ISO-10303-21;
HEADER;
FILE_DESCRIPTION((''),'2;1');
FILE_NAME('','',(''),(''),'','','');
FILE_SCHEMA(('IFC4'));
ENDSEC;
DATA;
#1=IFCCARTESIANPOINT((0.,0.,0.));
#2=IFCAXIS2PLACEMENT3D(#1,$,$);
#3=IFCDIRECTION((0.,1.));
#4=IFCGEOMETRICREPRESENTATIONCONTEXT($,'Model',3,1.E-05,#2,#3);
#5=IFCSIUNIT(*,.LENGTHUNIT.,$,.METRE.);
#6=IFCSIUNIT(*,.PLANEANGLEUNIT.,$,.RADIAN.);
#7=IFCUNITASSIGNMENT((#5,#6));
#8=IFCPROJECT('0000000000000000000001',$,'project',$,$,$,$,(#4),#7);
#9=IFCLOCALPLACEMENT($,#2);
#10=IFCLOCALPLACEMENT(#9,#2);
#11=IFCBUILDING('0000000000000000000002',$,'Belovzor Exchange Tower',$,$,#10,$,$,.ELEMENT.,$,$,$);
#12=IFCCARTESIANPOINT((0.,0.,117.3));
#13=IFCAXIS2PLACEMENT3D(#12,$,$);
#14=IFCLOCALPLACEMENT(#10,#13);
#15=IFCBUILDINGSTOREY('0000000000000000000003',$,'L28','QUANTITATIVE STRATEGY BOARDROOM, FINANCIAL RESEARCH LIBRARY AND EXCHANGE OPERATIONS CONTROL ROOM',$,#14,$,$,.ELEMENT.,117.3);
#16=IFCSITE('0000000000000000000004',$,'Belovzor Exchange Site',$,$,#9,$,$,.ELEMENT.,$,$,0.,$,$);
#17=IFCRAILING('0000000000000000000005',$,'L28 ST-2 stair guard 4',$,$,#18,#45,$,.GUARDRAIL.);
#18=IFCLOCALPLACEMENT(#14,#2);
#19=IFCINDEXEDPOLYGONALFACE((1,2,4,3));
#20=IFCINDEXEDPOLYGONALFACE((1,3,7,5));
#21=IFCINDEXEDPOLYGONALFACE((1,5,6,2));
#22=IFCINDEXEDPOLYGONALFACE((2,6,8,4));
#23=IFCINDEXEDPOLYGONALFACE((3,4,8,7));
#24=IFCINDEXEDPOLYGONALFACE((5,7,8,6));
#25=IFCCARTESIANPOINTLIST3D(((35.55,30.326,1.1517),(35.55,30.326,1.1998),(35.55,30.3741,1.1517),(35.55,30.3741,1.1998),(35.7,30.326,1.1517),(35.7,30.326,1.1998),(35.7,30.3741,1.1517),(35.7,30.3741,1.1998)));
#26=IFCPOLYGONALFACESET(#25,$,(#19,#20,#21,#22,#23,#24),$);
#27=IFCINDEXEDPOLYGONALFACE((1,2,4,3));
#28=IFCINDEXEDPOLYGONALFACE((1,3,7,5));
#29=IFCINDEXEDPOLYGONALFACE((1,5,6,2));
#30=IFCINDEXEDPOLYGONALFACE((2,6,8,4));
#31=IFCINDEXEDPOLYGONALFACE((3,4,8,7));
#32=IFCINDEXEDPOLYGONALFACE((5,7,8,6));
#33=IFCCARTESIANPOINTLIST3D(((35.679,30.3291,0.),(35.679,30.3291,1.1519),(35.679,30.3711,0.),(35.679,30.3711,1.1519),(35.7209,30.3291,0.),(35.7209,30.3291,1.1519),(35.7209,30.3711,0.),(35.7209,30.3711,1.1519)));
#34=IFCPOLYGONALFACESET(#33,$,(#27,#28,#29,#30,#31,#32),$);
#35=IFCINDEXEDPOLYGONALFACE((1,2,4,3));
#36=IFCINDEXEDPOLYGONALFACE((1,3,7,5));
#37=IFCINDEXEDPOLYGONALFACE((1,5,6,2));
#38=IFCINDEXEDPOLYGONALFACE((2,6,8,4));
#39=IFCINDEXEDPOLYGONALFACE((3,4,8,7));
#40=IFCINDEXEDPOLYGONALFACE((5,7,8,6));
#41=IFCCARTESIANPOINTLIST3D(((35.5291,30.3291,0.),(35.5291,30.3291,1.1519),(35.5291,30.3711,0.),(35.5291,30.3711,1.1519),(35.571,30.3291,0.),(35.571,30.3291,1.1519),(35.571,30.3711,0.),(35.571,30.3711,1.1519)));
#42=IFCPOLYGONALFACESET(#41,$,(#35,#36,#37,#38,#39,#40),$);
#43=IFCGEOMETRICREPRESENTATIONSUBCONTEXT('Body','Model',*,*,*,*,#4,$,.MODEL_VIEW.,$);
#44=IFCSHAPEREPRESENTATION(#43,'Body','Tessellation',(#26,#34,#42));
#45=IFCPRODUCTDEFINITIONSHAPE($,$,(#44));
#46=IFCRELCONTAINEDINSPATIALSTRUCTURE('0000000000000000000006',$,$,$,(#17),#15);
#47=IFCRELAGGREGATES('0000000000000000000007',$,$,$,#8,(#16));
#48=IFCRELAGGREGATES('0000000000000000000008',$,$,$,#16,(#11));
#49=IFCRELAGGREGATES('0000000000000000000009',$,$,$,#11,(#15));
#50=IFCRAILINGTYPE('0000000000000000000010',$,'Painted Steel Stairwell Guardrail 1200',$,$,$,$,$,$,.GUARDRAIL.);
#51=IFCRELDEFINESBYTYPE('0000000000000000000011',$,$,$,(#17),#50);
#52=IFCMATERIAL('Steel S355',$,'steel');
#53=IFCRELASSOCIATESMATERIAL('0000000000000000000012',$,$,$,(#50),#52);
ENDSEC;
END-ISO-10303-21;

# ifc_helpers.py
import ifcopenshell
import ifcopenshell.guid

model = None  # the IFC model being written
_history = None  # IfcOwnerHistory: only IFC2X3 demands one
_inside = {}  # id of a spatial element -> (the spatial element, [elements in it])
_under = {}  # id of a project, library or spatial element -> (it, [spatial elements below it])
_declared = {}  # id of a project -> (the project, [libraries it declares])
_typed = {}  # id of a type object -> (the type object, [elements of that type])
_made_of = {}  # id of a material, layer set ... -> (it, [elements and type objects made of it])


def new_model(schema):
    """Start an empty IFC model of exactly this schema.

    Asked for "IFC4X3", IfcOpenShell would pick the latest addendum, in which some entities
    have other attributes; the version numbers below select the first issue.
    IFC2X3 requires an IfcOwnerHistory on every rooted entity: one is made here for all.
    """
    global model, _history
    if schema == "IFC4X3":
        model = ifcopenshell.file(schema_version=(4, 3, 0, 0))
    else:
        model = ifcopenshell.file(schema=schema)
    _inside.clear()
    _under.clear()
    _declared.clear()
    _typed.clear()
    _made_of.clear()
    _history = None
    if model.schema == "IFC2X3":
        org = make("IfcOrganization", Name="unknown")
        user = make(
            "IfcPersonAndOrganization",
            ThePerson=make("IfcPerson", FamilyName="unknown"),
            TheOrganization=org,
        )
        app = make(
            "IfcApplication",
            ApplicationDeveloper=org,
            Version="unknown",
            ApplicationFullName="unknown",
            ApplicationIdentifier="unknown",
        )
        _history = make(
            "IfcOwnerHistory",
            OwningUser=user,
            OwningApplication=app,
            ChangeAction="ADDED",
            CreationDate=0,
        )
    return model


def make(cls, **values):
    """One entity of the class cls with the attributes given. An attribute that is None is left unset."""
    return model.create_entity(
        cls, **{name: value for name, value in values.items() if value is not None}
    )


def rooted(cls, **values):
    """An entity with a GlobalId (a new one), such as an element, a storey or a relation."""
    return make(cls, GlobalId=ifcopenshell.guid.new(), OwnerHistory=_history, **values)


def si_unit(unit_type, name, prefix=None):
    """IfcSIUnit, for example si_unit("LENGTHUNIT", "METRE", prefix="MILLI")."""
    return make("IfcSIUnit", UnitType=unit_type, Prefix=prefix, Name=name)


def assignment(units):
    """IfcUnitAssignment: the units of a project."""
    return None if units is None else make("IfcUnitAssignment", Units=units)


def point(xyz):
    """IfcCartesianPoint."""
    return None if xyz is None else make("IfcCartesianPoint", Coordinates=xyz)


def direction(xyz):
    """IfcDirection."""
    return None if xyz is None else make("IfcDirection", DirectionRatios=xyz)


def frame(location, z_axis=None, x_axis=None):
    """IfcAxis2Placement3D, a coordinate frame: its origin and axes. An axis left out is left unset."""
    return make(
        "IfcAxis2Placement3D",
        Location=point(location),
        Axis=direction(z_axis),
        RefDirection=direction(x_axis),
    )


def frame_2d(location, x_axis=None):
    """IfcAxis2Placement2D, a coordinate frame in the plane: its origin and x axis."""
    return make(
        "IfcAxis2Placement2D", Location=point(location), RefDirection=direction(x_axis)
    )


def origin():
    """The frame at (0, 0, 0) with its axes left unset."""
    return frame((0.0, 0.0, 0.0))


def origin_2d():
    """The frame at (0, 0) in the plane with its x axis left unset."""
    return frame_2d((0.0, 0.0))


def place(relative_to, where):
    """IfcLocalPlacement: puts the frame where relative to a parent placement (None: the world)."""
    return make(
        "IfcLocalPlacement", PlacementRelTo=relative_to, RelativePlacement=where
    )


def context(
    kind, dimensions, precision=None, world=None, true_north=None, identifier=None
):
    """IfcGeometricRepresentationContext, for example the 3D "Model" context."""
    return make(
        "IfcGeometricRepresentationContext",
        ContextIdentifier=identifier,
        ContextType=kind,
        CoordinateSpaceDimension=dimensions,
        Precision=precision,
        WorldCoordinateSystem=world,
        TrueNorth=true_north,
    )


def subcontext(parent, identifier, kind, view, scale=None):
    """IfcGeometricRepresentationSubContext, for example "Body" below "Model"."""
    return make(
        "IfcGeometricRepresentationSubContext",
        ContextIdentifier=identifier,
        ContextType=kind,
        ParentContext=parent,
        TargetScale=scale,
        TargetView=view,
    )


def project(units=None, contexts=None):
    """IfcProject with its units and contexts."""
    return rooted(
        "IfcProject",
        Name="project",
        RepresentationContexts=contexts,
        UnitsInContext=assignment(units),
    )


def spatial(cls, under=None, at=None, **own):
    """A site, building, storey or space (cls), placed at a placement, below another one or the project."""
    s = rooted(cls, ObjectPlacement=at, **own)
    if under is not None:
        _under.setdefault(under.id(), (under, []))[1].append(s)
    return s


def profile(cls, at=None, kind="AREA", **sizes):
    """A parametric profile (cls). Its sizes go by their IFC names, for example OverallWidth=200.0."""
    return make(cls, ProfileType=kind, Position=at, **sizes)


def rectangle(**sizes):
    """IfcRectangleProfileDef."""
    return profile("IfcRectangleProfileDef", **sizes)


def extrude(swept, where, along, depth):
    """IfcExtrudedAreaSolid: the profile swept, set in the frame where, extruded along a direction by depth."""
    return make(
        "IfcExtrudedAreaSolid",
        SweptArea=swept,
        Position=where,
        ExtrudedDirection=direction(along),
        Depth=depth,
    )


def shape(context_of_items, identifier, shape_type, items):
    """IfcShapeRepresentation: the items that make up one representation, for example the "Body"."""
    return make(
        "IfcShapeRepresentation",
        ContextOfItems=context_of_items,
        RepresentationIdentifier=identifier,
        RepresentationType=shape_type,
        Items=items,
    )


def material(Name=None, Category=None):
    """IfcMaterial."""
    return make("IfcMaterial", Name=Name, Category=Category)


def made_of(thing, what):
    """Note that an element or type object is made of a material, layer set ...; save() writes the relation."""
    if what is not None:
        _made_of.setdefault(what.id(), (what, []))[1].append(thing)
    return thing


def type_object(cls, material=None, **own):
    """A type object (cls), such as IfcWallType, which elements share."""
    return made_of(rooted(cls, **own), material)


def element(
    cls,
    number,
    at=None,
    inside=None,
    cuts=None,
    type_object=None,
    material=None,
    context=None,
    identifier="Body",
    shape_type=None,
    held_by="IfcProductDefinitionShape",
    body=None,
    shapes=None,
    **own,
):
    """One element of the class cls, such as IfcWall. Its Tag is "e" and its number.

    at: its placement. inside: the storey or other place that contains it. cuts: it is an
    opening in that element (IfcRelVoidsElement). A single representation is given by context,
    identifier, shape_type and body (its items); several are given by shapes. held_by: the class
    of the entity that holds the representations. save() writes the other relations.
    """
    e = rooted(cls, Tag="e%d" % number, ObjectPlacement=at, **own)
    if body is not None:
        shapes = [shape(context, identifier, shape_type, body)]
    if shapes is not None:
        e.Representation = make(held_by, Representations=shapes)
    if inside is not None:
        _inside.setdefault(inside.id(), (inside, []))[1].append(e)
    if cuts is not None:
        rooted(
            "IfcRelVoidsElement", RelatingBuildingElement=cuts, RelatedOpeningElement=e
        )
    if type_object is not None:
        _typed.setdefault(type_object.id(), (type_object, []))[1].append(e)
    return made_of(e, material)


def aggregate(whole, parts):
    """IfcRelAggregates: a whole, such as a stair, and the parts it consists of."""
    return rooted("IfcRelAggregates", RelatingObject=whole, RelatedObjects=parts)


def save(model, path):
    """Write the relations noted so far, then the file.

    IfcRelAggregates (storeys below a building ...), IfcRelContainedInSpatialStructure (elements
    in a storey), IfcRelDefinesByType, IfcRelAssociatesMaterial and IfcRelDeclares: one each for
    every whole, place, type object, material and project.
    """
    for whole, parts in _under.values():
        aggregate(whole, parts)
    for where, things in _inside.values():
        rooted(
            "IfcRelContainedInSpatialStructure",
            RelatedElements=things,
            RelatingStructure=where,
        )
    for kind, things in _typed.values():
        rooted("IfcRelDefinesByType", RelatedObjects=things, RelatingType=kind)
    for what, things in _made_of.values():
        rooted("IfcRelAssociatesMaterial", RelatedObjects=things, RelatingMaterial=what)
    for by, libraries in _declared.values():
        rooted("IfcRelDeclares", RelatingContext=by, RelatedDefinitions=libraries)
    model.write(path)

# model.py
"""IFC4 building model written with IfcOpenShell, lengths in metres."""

from ifc_helpers import new_model, si_unit, direction, frame, origin, origin_2d, place, context, subcontext, project, spatial, rectangle, extrude, material, type_object, element, save


model = new_model("IFC4")

# Units and contexts
model_context = context("Model", 3, precision=1e-05, world=origin(), true_north=direction((0.0, 1.0)))
body_context = subcontext(model_context, "Body", "Model", "MODEL_VIEW")
ifc_project = project(units=[si_unit("LENGTHUNIT", "METRE"), si_unit("PLANEANGLEUNIT", "RADIAN")], contexts=[model_context])

# Site, building, storey
site_placement = place(None, origin())
site = spatial("IfcSite", under=ifc_project, at=site_placement, Name="Belovzor Exchange Site", CompositionType="ELEMENT", RefElevation=0.0)
building_placement = place(site_placement, origin())
building = spatial("IfcBuilding", under=site, at=building_placement, Name="Belovzor Exchange Tower", CompositionType="ELEMENT")
storey_placement = place(building_placement, frame((0.0, 0.0, 117.3)))
storey = spatial("IfcBuildingStorey", under=building, at=storey_placement, Name="L28", Description="QUANTITATIVE STRATEGY BOARDROOM, FINANCIAL RESEARCH LIBRARY AND EXCHANGE OPERATIONS CONTROL ROOM", CompositionType="ELEMENT", Elevation=117.3)

# Railing
ifc_material_1 = material(Name="Steel S355", Category="steel")
railing_type_1 = type_object("IfcRailingType", Name="Painted Steel Stairwell Guardrail 1200", PredefinedType="GUARDRAIL", material=ifc_material_1)
railing_1_placement = place(storey_placement, frame((35.7, 30.3501, 0.0)))
element("IfcRailing", 1, at=railing_1_placement, inside=storey, type_object=railing_type_1, Name="L28 ST-2 stair guard 4", PredefinedType="GUARDRAIL", context=body_context, shape_type="SweptSolid", body=[
    extrude(rectangle(XDim=0.0481, YDim=0.0481, at=origin_2d()), frame((0.0, 0.0, 1.1758), z_axis=(-1.0, 0.0, 0.0), x_axis=(0.0, -1.0, 0.0)), (0.0, 0.0, 1.0), 0.1499),
    extrude(rectangle(XDim=0.042, YDim=0.042, at=origin_2d()), origin(), (0.0, 0.0, 1.0), 1.1519),
    extrude(rectangle(XDim=0.042, YDim=0.042, at=origin_2d()), frame((-0.1499, 0.0, 0.0)), (0.0, 0.0, 1.0), 1.1519),
])

save(model, "model.ifc")
